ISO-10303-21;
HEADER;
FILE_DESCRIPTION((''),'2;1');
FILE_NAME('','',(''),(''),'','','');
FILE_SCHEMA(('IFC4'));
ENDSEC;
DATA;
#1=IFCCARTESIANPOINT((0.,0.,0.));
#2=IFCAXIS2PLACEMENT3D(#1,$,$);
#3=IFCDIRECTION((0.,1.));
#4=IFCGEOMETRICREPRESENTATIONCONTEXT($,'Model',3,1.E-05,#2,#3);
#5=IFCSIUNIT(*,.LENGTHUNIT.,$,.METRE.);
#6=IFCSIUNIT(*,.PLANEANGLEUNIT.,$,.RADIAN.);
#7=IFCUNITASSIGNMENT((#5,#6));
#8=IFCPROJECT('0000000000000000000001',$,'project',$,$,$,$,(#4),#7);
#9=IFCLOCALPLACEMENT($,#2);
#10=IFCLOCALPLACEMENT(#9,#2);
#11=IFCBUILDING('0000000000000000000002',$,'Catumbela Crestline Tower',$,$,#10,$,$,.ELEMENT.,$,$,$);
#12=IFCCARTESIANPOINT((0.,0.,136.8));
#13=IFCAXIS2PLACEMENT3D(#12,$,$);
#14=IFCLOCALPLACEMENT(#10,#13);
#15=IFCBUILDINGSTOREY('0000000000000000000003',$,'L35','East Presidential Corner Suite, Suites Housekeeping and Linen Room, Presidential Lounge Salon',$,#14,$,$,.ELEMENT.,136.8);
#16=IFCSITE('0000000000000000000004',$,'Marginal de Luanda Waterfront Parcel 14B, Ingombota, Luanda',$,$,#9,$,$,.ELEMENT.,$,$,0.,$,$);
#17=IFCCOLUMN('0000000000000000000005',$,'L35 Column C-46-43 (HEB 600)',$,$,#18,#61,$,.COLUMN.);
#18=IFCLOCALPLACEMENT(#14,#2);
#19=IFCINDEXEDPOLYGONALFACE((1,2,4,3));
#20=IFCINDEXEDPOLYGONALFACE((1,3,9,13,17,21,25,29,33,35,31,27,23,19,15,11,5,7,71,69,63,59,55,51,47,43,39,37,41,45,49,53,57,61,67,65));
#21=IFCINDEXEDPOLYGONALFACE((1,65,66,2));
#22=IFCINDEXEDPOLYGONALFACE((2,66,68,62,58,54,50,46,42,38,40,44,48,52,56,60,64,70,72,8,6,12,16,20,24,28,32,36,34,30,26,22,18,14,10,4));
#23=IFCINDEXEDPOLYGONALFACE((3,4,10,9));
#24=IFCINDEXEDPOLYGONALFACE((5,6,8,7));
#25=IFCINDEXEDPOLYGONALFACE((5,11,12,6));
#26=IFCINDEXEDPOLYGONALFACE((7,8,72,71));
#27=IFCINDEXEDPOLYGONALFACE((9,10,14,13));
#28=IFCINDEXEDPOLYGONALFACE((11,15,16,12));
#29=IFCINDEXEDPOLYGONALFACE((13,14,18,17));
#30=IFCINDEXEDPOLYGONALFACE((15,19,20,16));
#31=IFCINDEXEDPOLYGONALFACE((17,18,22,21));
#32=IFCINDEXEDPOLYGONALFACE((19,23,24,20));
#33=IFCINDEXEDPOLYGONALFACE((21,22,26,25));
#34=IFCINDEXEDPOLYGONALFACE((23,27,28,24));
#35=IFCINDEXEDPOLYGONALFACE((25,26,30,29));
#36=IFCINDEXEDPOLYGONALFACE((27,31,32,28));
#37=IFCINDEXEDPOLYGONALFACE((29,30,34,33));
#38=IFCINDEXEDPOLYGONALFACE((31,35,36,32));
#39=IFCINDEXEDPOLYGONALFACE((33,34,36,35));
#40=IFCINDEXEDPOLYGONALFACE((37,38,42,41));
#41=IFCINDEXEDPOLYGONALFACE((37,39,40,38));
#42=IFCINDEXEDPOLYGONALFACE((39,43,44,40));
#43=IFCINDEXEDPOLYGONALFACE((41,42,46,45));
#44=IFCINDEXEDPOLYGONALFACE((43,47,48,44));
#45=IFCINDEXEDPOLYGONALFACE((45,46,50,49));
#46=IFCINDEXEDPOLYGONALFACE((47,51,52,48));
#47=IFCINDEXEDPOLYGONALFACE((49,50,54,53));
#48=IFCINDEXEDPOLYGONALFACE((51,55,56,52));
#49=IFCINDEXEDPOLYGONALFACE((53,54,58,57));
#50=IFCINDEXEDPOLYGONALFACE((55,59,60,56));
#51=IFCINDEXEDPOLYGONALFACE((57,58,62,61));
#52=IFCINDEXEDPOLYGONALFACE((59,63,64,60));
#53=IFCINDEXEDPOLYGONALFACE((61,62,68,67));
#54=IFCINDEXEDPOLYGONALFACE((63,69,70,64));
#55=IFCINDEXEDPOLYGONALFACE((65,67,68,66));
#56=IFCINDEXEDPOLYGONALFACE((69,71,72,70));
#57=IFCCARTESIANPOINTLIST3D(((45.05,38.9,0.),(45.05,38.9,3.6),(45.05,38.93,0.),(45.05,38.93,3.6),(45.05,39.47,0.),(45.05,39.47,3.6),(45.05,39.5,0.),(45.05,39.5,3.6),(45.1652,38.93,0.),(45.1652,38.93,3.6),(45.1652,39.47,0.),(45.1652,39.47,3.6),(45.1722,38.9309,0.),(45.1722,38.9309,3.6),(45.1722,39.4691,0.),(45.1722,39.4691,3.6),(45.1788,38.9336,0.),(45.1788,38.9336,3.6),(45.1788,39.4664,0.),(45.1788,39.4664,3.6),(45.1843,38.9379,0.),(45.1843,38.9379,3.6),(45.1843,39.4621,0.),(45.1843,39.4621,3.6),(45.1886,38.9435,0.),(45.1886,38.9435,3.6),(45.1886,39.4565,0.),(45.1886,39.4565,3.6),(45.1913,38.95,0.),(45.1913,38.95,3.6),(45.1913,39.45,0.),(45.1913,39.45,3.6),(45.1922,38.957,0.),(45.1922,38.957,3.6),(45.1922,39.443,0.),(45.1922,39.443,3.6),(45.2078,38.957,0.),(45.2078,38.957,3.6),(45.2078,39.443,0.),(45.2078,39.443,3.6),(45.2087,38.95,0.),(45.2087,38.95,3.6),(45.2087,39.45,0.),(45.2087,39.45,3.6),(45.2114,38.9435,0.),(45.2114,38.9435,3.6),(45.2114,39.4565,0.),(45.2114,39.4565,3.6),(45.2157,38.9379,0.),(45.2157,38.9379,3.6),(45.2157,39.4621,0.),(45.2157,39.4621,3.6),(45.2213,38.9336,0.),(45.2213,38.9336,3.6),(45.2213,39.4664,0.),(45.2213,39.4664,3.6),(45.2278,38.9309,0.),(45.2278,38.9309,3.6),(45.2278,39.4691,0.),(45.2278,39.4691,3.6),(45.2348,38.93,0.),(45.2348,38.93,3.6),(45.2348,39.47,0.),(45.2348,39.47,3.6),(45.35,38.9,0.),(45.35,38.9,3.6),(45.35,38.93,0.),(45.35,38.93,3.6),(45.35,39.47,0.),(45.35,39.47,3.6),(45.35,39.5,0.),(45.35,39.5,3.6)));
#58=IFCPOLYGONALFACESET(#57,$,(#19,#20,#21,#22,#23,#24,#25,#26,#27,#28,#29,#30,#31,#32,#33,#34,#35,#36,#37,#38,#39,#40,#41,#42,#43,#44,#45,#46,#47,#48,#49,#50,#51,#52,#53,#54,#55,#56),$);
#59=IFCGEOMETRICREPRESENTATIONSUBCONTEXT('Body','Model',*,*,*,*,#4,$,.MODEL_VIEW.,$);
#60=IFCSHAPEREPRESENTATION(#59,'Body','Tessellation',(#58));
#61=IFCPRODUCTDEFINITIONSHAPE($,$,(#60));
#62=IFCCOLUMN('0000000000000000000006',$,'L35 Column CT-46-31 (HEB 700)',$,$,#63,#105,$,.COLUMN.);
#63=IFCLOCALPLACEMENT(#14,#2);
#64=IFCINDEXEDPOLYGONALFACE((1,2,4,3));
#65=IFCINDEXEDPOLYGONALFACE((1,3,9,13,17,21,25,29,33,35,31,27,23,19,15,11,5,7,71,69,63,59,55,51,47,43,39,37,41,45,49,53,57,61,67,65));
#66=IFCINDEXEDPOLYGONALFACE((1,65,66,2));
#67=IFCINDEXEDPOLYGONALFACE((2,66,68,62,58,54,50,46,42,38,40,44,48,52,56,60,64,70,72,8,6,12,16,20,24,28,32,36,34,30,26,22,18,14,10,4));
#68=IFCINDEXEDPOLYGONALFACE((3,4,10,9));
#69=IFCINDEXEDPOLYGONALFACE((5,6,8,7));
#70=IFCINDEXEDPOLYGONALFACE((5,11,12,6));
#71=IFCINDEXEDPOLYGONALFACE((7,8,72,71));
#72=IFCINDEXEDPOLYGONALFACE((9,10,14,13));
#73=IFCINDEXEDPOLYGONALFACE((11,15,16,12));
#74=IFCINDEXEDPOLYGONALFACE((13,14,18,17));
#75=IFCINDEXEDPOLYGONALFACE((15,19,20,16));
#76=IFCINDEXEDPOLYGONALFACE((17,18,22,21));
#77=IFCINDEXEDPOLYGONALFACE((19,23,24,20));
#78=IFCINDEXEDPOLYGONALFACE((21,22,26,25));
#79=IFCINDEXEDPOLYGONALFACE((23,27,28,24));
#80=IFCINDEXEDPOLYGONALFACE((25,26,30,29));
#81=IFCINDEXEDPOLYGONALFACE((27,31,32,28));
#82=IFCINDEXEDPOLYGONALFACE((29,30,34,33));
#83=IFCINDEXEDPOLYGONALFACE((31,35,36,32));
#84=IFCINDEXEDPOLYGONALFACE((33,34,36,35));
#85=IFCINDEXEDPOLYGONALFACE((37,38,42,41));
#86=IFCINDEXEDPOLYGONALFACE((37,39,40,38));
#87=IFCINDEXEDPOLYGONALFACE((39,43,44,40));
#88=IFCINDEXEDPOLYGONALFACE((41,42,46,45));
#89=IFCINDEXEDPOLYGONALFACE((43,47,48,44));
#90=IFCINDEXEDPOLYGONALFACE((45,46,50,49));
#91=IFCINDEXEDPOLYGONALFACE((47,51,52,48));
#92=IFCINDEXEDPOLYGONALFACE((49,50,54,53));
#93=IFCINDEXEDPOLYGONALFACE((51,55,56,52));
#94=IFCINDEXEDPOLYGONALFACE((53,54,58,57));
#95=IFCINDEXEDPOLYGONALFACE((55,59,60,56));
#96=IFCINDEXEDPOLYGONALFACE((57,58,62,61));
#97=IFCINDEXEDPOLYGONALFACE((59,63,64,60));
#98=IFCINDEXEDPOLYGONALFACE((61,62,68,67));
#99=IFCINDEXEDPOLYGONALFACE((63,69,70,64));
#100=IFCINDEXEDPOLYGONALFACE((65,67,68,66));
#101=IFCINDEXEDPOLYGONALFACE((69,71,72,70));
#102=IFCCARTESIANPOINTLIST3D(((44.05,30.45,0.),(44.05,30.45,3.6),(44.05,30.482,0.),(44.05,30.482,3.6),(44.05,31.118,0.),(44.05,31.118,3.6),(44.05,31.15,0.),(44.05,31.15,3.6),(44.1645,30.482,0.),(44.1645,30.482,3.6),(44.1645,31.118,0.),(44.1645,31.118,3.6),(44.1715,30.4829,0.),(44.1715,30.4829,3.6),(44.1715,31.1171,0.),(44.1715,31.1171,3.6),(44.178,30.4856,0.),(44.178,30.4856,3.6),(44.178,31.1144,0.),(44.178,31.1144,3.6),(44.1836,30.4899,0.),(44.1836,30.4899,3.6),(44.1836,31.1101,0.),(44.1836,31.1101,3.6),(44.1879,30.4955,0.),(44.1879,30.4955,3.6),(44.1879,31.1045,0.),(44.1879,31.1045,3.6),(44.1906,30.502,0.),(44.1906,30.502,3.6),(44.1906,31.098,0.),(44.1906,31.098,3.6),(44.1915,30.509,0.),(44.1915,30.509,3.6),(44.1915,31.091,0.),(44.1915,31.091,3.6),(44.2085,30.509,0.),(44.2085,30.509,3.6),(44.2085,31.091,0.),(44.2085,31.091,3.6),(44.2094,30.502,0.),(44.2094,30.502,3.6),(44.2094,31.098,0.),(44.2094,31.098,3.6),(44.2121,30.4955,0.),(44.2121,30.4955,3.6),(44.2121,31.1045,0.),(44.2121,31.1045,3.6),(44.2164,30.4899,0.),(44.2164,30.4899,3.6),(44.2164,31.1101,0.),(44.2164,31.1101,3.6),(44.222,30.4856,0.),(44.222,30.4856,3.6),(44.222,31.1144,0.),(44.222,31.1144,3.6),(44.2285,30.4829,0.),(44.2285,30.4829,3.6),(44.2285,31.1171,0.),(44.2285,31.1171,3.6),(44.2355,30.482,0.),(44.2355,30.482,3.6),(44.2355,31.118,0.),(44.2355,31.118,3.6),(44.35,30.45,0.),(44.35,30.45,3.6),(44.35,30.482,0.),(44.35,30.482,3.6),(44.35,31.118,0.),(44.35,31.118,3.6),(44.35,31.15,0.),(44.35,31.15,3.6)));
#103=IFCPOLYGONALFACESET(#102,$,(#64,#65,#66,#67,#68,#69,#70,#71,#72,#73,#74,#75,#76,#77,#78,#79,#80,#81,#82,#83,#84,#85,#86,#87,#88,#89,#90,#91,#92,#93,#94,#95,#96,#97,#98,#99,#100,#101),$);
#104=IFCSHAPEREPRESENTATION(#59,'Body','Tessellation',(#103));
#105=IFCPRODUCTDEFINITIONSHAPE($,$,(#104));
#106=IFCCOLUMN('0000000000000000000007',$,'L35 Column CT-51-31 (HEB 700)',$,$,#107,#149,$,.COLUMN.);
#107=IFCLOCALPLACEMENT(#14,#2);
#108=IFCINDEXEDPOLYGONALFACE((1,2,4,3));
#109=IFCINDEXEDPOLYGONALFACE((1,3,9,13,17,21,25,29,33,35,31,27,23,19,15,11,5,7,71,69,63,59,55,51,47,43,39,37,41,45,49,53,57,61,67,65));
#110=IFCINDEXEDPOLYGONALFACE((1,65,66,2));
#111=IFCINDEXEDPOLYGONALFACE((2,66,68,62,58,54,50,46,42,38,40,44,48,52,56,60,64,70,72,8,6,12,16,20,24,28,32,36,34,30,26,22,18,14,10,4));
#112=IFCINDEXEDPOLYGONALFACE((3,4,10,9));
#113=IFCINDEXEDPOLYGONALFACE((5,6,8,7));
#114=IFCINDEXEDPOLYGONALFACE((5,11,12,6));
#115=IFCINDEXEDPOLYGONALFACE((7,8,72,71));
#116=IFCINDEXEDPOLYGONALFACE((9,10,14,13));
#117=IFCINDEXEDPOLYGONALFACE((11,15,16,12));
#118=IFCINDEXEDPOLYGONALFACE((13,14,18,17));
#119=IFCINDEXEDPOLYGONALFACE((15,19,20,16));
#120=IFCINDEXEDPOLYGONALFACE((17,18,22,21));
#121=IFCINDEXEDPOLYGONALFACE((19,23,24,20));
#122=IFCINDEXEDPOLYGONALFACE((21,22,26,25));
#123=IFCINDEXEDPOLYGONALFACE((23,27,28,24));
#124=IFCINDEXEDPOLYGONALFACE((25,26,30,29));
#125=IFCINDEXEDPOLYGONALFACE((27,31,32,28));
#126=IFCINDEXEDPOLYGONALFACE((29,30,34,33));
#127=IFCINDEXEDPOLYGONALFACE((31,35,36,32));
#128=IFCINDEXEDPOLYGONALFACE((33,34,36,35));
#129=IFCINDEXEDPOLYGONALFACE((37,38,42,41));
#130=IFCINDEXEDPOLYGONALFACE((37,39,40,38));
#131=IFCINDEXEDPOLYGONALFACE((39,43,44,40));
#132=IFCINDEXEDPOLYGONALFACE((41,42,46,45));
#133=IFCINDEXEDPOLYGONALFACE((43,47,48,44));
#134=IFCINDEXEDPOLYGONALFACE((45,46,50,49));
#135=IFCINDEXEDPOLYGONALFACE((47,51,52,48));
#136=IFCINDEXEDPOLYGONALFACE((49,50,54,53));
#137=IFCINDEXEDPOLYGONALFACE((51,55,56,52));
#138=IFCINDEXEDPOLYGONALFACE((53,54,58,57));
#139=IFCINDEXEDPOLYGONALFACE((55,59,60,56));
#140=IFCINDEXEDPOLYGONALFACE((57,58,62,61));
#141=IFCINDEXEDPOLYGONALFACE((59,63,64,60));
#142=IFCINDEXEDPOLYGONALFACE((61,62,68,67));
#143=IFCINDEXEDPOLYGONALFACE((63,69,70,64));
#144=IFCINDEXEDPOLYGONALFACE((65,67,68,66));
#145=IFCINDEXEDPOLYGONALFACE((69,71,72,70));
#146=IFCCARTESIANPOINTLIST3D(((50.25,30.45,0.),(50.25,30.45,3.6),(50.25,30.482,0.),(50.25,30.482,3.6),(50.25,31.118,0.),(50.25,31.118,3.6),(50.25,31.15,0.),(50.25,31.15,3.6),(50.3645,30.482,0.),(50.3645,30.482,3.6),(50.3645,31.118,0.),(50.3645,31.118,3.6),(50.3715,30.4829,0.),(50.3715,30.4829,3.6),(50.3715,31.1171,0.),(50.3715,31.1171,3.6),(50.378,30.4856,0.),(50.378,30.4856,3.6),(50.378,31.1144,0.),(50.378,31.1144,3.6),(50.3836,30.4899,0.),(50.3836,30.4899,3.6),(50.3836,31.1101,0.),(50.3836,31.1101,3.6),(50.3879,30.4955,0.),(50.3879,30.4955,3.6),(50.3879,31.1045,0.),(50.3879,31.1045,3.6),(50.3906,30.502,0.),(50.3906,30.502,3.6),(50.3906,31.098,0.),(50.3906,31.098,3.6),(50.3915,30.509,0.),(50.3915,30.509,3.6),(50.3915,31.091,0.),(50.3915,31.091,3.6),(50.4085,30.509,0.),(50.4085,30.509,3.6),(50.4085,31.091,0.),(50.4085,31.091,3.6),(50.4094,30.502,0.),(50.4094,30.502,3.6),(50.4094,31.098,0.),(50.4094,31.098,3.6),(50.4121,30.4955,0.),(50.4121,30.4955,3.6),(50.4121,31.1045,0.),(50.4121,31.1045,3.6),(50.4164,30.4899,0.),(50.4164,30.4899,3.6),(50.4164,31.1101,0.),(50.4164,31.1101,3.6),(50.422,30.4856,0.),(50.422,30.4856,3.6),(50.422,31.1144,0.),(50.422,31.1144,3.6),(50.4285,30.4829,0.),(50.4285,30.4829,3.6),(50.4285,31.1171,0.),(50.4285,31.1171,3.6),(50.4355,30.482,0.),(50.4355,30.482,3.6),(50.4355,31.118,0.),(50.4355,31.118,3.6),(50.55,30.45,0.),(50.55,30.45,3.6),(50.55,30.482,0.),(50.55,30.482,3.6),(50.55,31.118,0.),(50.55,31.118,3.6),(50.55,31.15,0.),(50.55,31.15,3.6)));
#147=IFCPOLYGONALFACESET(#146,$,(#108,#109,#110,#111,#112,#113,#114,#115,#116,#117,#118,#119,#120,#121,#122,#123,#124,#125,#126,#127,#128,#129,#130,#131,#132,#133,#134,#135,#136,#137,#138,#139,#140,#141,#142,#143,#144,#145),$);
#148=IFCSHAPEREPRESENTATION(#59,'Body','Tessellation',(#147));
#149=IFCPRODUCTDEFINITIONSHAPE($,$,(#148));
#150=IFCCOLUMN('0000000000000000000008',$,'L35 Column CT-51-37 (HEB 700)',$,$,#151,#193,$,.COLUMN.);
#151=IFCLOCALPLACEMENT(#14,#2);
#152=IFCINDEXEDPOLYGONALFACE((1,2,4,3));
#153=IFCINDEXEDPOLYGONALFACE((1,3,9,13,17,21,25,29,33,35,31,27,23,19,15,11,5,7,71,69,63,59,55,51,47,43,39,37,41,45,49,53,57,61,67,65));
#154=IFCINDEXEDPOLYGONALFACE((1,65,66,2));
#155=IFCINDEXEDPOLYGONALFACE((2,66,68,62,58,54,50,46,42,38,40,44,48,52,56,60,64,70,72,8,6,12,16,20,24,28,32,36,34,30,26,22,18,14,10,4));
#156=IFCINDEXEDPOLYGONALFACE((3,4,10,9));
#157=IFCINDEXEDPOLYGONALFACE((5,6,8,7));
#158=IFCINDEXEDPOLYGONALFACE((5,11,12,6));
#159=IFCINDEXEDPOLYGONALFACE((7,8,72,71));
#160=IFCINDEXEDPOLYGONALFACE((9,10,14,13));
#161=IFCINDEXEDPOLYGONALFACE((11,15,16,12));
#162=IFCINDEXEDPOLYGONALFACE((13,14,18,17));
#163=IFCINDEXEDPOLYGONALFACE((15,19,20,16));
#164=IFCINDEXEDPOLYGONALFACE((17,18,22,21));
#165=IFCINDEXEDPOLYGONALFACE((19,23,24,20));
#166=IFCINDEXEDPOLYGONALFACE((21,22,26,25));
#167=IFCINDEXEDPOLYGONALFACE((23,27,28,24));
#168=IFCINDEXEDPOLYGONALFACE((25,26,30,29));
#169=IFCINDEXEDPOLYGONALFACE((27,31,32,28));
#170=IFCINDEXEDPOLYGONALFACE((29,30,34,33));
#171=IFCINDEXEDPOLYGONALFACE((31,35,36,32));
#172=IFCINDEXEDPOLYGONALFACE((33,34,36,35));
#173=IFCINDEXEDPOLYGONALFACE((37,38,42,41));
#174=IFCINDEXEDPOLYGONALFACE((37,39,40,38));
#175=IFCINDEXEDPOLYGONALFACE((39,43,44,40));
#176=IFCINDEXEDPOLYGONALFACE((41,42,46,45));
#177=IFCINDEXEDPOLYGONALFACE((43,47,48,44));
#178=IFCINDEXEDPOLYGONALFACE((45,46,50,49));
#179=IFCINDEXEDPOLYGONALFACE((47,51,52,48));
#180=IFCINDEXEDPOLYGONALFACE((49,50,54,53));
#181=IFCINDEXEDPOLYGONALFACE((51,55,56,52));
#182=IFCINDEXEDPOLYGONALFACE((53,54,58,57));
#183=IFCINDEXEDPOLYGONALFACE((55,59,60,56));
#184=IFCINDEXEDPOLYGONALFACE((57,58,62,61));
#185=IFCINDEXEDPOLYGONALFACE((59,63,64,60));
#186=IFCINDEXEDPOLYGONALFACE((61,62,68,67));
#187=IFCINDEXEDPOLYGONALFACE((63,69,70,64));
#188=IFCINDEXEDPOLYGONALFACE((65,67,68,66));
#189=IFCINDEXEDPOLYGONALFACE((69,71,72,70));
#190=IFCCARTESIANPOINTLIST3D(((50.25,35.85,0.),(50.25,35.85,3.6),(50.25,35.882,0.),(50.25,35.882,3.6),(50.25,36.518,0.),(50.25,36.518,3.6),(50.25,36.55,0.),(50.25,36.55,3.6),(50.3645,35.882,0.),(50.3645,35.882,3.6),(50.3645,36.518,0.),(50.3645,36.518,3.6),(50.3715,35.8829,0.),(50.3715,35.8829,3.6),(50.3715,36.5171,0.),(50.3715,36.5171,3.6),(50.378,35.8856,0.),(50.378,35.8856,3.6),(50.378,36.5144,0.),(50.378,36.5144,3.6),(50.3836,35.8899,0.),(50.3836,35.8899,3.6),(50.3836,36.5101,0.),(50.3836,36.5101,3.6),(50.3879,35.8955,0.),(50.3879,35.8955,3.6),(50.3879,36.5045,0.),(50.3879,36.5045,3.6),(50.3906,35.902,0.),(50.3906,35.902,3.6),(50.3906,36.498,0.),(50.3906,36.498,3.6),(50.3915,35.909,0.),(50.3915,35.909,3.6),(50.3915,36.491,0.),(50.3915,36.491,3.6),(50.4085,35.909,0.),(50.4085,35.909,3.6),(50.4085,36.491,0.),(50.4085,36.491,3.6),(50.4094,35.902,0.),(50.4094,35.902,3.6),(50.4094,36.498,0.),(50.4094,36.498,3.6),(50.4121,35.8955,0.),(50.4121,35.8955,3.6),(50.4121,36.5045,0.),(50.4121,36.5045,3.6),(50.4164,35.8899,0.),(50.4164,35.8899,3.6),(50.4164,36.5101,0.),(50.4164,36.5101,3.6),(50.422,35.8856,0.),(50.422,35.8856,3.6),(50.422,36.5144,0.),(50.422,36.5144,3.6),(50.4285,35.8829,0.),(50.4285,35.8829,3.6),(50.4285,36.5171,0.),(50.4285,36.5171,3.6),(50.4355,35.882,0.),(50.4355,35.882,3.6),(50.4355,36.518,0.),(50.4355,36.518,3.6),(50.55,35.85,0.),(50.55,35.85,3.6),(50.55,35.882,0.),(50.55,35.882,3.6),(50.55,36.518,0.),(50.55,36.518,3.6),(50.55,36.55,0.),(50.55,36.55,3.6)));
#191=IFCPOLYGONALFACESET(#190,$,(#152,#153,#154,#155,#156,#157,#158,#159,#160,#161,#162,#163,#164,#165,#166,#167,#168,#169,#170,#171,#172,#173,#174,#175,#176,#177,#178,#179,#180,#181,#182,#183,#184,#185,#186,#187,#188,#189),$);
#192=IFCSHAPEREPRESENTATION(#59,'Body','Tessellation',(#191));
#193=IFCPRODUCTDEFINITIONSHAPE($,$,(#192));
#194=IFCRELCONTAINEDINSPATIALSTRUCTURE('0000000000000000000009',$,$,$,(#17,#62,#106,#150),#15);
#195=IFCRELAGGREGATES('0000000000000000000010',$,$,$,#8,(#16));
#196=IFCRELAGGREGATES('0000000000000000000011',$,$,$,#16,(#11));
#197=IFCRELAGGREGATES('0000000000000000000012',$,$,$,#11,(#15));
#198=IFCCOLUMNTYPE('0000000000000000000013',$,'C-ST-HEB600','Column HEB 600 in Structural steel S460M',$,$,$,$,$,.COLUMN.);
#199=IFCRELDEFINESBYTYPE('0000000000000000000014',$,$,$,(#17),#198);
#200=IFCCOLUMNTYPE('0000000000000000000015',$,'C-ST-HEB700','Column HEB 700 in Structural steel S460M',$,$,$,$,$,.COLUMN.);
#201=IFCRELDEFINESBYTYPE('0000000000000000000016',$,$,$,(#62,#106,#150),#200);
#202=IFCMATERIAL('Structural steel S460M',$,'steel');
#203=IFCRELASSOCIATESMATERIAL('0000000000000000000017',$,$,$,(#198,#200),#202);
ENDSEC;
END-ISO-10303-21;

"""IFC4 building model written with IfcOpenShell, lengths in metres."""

from ifc_helpers import new_model, si_unit, direction, frame, origin, origin_2d, place, context, subcontext, project, spatial, i_section, extrude, material, material_profile, profile_set, type_object, element, save


model = new_model("IFC4")

# Units and contexts
model_context = context("Model", 3, precision=1e-05, world=origin(), true_north=direction((0.0, 1.0)))
body_context = subcontext(model_context, "Body", "Model", "MODEL_VIEW")
ifc_project = project(units=[si_unit("LENGTHUNIT", "METRE"), si_unit("PLANEANGLEUNIT", "RADIAN")], contexts=[model_context])

# Site, building, storey
site_placement = place(None, origin())
site = spatial("IfcSite", under=ifc_project, at=site_placement, Name="Marginal de Luanda Waterfront Parcel 14B, Ingombota, Luanda", CompositionType="ELEMENT", RefElevation=0.0)
building_placement = place(site_placement, origin())
building = spatial("IfcBuilding", under=site, at=building_placement, Name="Catumbela Crestline Tower", CompositionType="ELEMENT")
storey_placement = place(building_placement, frame((0.0, 0.0, 136.8)))
storey = spatial("IfcBuildingStorey", under=building, at=storey_placement, Name="L35", Description="East Presidential Corner Suite, Suites Housekeeping and Linen Room, Presidential Lounge Salon", CompositionType="ELEMENT", Elevation=136.8)

# Columns
ifc_material_1 = material(Name="Structural steel S460M", Category="steel")
ifc_material_profile_1 = material_profile(ifc_material_1, i_section(OverallWidth=0.3, OverallDepth=0.6, WebThickness=0.0155, FlangeThickness=0.03, FilletRadius=0.027, at=origin_2d()), Name="HEB 600")
ifc_profile_set_1 = profile_set([ifc_material_profile_1], Name="Structural steel S460M")
column_type_1 = type_object("IfcColumnType", Name="C-ST-HEB600", Description="Column HEB 600 in Structural steel S460M", PredefinedType="COLUMN", material=ifc_profile_set_1)
column_placement = place(storey_placement, frame((45.2, 39.2, 0.0), z_axis=(0.0, 0.0, 1.0), x_axis=(1.0, 0.0, 0.0)))
element("IfcColumn", 1, at=column_placement, inside=storey, type_object=column_type_1, Name="L35 Column C-46-43 (HEB 600)", PredefinedType="COLUMN", context=body_context, shape_type="SweptSolid", body=[
    extrude(i_section(OverallWidth=0.3, OverallDepth=0.6, WebThickness=0.0155, FlangeThickness=0.03, FilletRadius=0.027, at=origin_2d()), origin(), (0.0, 0.0, 1.0), 3.6),
])
ifc_material_profile_2 = material_profile(ifc_material_1, i_section(OverallWidth=0.3, OverallDepth=0.7, WebThickness=0.017, FlangeThickness=0.032, FilletRadius=0.027, at=origin_2d()), Name="HEB 700")
ifc_profile_set_2 = profile_set([ifc_material_profile_2], Name="Structural steel S460M")
column_type_2 = type_object("IfcColumnType", Name="C-ST-HEB700", Description="Column HEB 700 in Structural steel S460M", PredefinedType="COLUMN", material=ifc_profile_set_2)
for number, where, z_axis, x_axis, name in (
    (2, (44.2, 30.8, 0.0), (0.0, 0.0, 1.0), (1.0, 0.0, 0.0), "L35 Column CT-46-31 (HEB 700)"),
    (3, (50.4, 30.8, 0.0), (0.0, 0.0, 1.0), (1.0, 0.0, 0.0), "L35 Column CT-51-31 (HEB 700)"),
    (4, (50.4, 36.2, 0.0), (0.0, 0.0, 1.0), (1.0, 0.0, 0.0), "L35 Column CT-51-37 (HEB 700)"),
):
    element("IfcColumn", number, at=place(storey_placement, frame(where, z_axis=z_axis, x_axis=x_axis)), inside=storey, type_object=column_type_2, Name=name, PredefinedType="COLUMN", context=body_context, shape_type="SweptSolid", body=[
        extrude(i_section(OverallWidth=0.3, OverallDepth=0.7, WebThickness=0.017, FlangeThickness=0.032, FilletRadius=0.027, at=origin_2d()), origin(), (0.0, 0.0, 1.0), 3.6),
    ])

save(model, "model.ifc")
